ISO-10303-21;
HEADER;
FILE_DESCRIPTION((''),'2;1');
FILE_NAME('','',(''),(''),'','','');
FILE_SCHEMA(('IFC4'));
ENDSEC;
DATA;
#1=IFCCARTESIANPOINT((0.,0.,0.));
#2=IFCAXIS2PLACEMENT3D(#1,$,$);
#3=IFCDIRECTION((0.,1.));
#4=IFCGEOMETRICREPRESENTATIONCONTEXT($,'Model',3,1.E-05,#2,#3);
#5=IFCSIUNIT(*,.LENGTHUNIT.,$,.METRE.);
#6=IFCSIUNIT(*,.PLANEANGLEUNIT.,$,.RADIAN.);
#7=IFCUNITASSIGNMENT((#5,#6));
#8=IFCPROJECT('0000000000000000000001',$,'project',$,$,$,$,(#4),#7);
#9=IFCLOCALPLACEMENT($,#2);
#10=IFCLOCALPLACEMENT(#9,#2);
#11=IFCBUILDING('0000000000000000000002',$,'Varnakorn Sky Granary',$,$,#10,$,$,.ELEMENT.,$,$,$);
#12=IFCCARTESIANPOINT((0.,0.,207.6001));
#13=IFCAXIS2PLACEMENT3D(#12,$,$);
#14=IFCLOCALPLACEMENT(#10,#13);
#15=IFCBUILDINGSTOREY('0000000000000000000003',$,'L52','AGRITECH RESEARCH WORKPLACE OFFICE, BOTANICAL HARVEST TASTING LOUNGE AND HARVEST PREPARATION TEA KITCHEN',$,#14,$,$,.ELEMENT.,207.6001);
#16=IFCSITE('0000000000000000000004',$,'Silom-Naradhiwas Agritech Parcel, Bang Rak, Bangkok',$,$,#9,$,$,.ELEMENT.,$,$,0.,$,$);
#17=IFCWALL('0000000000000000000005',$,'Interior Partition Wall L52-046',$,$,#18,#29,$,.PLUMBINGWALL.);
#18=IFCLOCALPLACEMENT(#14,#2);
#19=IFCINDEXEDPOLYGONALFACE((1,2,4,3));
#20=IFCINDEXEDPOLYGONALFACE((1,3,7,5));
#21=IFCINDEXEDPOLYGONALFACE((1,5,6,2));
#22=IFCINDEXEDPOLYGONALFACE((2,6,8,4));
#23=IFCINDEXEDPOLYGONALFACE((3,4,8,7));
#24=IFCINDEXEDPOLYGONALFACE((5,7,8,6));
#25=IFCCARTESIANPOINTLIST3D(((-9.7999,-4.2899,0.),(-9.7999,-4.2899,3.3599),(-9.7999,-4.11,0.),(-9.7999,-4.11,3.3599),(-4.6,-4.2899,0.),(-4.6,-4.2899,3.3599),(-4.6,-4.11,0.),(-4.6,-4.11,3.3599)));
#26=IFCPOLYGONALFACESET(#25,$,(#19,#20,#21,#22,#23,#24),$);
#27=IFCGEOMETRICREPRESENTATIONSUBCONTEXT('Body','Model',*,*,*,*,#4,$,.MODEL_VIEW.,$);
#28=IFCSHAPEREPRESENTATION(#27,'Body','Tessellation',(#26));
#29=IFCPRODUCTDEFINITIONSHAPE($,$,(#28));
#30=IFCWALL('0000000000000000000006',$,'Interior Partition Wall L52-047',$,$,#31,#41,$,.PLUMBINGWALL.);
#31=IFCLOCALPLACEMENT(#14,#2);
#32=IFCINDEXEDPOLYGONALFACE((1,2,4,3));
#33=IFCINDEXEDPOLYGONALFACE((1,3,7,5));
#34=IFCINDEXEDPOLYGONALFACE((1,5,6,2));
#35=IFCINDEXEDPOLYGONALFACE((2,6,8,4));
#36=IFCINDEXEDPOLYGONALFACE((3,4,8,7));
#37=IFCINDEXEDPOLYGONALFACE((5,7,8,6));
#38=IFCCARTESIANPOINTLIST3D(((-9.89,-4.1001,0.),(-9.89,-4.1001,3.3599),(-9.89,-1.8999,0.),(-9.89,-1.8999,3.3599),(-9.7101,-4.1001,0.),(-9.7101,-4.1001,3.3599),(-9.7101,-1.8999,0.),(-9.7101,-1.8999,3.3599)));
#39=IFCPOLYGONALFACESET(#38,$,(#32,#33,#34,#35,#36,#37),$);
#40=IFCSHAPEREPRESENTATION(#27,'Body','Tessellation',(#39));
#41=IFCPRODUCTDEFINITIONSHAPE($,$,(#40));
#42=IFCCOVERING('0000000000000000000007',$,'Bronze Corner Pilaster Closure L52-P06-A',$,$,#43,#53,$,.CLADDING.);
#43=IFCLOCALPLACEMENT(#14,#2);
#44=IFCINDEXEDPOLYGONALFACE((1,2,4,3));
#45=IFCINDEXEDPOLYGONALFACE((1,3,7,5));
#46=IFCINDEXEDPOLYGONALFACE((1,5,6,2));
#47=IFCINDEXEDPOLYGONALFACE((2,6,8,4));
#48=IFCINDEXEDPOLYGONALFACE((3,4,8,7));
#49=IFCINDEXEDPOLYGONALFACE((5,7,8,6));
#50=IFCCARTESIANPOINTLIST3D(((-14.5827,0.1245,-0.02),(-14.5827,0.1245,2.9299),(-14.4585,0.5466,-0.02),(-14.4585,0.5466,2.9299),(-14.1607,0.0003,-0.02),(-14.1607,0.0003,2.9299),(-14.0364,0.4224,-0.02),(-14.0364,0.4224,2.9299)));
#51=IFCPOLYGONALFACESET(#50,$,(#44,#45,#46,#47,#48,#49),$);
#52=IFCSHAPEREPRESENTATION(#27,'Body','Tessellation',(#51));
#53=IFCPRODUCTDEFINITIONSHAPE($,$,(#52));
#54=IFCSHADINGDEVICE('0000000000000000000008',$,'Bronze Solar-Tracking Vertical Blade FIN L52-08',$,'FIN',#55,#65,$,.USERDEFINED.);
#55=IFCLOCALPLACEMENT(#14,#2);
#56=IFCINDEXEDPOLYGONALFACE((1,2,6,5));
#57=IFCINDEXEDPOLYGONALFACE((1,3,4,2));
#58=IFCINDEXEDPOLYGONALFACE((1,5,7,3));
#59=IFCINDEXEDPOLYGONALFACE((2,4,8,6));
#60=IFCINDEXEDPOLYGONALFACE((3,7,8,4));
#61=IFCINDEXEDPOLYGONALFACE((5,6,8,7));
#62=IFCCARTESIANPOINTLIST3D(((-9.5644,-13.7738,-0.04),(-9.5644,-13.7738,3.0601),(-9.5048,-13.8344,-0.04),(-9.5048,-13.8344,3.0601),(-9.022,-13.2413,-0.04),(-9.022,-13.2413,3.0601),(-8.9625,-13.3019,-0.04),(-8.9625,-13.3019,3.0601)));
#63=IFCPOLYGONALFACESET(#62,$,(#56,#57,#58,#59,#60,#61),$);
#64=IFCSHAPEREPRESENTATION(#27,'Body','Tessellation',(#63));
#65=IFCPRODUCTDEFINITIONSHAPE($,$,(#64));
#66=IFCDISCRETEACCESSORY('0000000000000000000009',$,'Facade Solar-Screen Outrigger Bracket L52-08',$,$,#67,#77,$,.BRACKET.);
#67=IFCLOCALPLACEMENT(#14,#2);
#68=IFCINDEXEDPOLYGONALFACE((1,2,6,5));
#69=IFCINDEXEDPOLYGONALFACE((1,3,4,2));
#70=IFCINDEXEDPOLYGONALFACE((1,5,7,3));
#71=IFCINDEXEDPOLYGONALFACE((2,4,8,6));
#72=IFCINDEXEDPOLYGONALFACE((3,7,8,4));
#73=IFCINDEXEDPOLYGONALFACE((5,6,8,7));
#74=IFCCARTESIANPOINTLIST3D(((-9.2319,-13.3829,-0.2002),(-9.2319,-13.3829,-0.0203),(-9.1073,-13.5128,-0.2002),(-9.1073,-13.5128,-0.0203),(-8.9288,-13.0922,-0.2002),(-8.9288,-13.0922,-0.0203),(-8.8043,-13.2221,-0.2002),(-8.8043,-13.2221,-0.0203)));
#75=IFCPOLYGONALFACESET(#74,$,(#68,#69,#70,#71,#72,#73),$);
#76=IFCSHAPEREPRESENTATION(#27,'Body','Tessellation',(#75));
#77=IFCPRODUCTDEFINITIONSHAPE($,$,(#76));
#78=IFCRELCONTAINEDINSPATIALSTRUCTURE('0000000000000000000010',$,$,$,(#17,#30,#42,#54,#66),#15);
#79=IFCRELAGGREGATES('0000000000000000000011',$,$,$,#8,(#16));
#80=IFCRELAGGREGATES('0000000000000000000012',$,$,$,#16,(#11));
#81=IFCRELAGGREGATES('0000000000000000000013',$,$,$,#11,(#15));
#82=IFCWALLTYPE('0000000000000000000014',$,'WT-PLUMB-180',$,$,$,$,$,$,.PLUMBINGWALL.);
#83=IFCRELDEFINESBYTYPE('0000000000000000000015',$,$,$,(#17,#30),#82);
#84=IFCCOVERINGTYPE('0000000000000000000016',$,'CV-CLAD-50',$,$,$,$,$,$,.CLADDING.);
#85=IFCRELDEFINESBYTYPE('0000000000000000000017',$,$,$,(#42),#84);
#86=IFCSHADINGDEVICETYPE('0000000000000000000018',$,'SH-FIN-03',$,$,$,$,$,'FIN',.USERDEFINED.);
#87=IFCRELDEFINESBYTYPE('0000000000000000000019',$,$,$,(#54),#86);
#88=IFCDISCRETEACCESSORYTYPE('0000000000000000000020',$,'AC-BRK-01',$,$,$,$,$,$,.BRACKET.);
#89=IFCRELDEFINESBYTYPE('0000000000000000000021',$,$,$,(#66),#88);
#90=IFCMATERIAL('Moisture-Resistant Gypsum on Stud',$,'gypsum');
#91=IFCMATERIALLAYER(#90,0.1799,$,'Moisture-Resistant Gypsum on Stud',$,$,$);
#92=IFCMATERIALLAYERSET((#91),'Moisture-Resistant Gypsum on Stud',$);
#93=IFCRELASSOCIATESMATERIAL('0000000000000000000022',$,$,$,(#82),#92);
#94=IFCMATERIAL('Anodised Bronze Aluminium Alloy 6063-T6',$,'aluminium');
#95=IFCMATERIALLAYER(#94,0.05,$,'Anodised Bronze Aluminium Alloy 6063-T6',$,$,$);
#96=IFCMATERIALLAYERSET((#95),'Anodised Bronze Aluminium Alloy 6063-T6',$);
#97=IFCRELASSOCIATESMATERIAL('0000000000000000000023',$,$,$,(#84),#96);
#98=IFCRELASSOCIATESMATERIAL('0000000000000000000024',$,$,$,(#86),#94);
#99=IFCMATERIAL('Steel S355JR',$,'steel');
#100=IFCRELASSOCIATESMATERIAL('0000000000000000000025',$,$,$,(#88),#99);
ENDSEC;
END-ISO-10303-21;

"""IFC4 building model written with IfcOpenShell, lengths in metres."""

from ifc_helpers import new_model, si_unit, direction, frame, frame_2d, origin, origin_2d, place, context, subcontext, project, spatial, rectangle, extrude, source, transform, mapped, material, layer, layer_set, type_object, type_shapes, element, save


model = new_model("IFC4")

# Units and contexts
model_context = context("Model", 3, precision=1e-05, world=origin(), true_north=direction((0.0, 1.0)))
body_context = subcontext(model_context, "Body", "Model", "MODEL_VIEW")
ifc_project = project(units=[si_unit("LENGTHUNIT", "METRE"), si_unit("PLANEANGLEUNIT", "RADIAN")], contexts=[model_context])

# Site, building, storey
site_placement = place(None, origin())
site = spatial("IfcSite", under=ifc_project, at=site_placement, Name="Silom-Naradhiwas Agritech Parcel, Bang Rak, Bangkok", CompositionType="ELEMENT", RefElevation=0.0)
building_placement = place(site_placement, origin())
building = spatial("IfcBuilding", under=site, at=building_placement, Name="Varnakorn Sky Granary", CompositionType="ELEMENT")
storey_placement = place(building_placement, frame((0.0, 0.0, 207.6001)))
storey = spatial("IfcBuildingStorey", under=building, at=storey_placement, Name="L52", Description="AGRITECH RESEARCH WORKPLACE OFFICE, BOTANICAL HARVEST TASTING LOUNGE AND HARVEST PREPARATION TEA KITCHEN", CompositionType="ELEMENT", Elevation=207.6001)

# Shared definitions
ifc_material_1 = material(Name="Steel S355JR", Category="steel")

# Shared definitions
ifc_material_2 = material(Name="Anodised Bronze Aluminium Alloy 6063-T6", Category="aluminium")

# Walls
ifc_material_3 = material(Name="Moisture-Resistant Gypsum on Stud", Category="gypsum")
ifc_layer_1 = layer(ifc_material_3, 0.1799, Name="Moisture-Resistant Gypsum on Stud")
ifc_layer_set_1 = layer_set([ifc_layer_1], Name="Moisture-Resistant Gypsum on Stud")
wall_type_1 = type_object("IfcWallType", Name="WT-PLUMB-180", PredefinedType="PLUMBINGWALL", material=ifc_layer_set_1)
wall_1_placement = place(storey_placement, frame((-9.8, -4.2, 0.0), z_axis=(0.0, 0.0, 1.0), x_axis=(1.0, 0.0, 0.0)))
element("IfcWall", 1, at=wall_1_placement, inside=storey, type_object=wall_type_1, Name="Interior Partition Wall L52-046", PredefinedType="PLUMBINGWALL", context=body_context, shape_type="SweptSolid", body=[
    extrude(rectangle(XDim=5.2, YDim=0.1799, at=frame_2d((2.6001, 0.0))), origin(), (0.0, 0.0, 1.0), 3.3599),
])
wall_2_placement = place(storey_placement, frame((-9.8, -1.8999, 0.0), z_axis=(0.0, 0.0, 1.0), x_axis=(0.0, -1.0, 0.0)))
element("IfcWall", 2, at=wall_2_placement, inside=storey, type_object=wall_type_1, Name="Interior Partition Wall L52-047", PredefinedType="PLUMBINGWALL", context=body_context, shape_type="SweptSolid", body=[
    extrude(rectangle(XDim=2.2002, YDim=0.1799, at=frame_2d((1.1001, 0.0))), origin(), (0.0, 0.0, 1.0), 3.3599),
])

# Covering
ifc_layer_2 = layer(ifc_material_2, 0.05, Name="Anodised Bronze Aluminium Alloy 6063-T6")
ifc_layer_set_2 = layer_set([ifc_layer_2], Name="Anodised Bronze Aluminium Alloy 6063-T6")
covering_type = type_object("IfcCoveringType", Name="CV-CLAD-50", PredefinedType="CLADDING", material=ifc_layer_set_2)
shared_shape_1 = source(origin(), body_context, "Body", "SweptSolid", [
    extrude(rectangle(XDim=0.4399, YDim=0.4399, at=origin_2d()), origin(), (0.0, 0.0, 1.0), 2.95),
])
type_shapes(covering_type, [shared_shape_1])
covering_placement = place(storey_placement, frame((-14.3096, 0.2734, -0.02), z_axis=(0.0, 0.0, 1.0), x_axis=(0.282341, 0.959314, 0.0)))
element("IfcCovering", 3, at=covering_placement, inside=storey, type_object=covering_type, Name="Bronze Corner Pilaster Closure L52-P06-A", PredefinedType="CLADDING", context=body_context, shape_type="MappedRepresentation", body=[
    mapped(shared_shape_1, transform((0.0, 0.0, 0.0), x_axis=(1.0, 0.0, 0.0), y_axis=(0.0, 1.0, 0.0), z_axis=(0.0, 0.0, 1.0), scale=1.0)),
])

# Shading device
shading_device_type = type_object("IfcShadingDeviceType", Name="SH-FIN-03", ElementType="FIN", PredefinedType="USERDEFINED", material=ifc_material_2)
shared_shape_2 = source(origin(), body_context, "Body", "SweptSolid", [
    extrude(rectangle(XDim=0.085, YDim=0.76, at=origin_2d()), origin(), (0.0, 0.0, 1.0), 3.1001),
])
type_shapes(shading_device_type, [shared_shape_2])
shading_device_placement = place(storey_placement, frame((-9.2634, -13.5378, -0.04), z_axis=(0.0, 0.0, 1.0), x_axis=(0.700577, -0.713577, 0.0)))
element("IfcShadingDevice", 4, at=shading_device_placement, inside=storey, type_object=shading_device_type, Name="Bronze Solar-Tracking Vertical Blade FIN L52-08", ObjectType="FIN", PredefinedType="USERDEFINED", context=body_context, shape_type="MappedRepresentation", body=[
    mapped(shared_shape_2, transform((0.0, 0.0, 0.0), x_axis=(1.0, 0.0, 0.0), y_axis=(0.0, 1.0, 0.0), z_axis=(0.0, 0.0, 1.0), scale=1.0)),
])

# Discrete accessory
discrete_accessory_type = type_object("IfcDiscreteAccessoryType", Name="AC-BRK-01", PredefinedType="BRACKET", material=ifc_material_1)
shared_shape_3 = source(origin(), body_context, "Body", "SweptSolid", [
    extrude(rectangle(XDim=0.1799, YDim=0.4199, at=origin_2d()), origin(), (0.0, 0.0, 1.0), 0.1799),
])
type_shapes(discrete_accessory_type, [shared_shape_3])
discrete_accessory_placement = place(storey_placement, frame((-9.0181, -13.3025, -0.2002), z_axis=(0.0, 0.0, 1.0), x_axis=(0.692236, -0.721671, 0.0)))
element("IfcDiscreteAccessory", 5, at=discrete_accessory_placement, inside=storey, type_object=discrete_accessory_type, Name="Facade Solar-Screen Outrigger Bracket L52-08", PredefinedType="BRACKET", context=body_context, shape_type="MappedRepresentation", body=[
    mapped(shared_shape_3, transform((0.0, 0.0, 0.0), x_axis=(1.0, 0.0, 0.0), y_axis=(0.0, 1.0, 0.0), z_axis=(0.0, 0.0, 1.0), scale=1.0)),
])

save(model, "model.ifc")
